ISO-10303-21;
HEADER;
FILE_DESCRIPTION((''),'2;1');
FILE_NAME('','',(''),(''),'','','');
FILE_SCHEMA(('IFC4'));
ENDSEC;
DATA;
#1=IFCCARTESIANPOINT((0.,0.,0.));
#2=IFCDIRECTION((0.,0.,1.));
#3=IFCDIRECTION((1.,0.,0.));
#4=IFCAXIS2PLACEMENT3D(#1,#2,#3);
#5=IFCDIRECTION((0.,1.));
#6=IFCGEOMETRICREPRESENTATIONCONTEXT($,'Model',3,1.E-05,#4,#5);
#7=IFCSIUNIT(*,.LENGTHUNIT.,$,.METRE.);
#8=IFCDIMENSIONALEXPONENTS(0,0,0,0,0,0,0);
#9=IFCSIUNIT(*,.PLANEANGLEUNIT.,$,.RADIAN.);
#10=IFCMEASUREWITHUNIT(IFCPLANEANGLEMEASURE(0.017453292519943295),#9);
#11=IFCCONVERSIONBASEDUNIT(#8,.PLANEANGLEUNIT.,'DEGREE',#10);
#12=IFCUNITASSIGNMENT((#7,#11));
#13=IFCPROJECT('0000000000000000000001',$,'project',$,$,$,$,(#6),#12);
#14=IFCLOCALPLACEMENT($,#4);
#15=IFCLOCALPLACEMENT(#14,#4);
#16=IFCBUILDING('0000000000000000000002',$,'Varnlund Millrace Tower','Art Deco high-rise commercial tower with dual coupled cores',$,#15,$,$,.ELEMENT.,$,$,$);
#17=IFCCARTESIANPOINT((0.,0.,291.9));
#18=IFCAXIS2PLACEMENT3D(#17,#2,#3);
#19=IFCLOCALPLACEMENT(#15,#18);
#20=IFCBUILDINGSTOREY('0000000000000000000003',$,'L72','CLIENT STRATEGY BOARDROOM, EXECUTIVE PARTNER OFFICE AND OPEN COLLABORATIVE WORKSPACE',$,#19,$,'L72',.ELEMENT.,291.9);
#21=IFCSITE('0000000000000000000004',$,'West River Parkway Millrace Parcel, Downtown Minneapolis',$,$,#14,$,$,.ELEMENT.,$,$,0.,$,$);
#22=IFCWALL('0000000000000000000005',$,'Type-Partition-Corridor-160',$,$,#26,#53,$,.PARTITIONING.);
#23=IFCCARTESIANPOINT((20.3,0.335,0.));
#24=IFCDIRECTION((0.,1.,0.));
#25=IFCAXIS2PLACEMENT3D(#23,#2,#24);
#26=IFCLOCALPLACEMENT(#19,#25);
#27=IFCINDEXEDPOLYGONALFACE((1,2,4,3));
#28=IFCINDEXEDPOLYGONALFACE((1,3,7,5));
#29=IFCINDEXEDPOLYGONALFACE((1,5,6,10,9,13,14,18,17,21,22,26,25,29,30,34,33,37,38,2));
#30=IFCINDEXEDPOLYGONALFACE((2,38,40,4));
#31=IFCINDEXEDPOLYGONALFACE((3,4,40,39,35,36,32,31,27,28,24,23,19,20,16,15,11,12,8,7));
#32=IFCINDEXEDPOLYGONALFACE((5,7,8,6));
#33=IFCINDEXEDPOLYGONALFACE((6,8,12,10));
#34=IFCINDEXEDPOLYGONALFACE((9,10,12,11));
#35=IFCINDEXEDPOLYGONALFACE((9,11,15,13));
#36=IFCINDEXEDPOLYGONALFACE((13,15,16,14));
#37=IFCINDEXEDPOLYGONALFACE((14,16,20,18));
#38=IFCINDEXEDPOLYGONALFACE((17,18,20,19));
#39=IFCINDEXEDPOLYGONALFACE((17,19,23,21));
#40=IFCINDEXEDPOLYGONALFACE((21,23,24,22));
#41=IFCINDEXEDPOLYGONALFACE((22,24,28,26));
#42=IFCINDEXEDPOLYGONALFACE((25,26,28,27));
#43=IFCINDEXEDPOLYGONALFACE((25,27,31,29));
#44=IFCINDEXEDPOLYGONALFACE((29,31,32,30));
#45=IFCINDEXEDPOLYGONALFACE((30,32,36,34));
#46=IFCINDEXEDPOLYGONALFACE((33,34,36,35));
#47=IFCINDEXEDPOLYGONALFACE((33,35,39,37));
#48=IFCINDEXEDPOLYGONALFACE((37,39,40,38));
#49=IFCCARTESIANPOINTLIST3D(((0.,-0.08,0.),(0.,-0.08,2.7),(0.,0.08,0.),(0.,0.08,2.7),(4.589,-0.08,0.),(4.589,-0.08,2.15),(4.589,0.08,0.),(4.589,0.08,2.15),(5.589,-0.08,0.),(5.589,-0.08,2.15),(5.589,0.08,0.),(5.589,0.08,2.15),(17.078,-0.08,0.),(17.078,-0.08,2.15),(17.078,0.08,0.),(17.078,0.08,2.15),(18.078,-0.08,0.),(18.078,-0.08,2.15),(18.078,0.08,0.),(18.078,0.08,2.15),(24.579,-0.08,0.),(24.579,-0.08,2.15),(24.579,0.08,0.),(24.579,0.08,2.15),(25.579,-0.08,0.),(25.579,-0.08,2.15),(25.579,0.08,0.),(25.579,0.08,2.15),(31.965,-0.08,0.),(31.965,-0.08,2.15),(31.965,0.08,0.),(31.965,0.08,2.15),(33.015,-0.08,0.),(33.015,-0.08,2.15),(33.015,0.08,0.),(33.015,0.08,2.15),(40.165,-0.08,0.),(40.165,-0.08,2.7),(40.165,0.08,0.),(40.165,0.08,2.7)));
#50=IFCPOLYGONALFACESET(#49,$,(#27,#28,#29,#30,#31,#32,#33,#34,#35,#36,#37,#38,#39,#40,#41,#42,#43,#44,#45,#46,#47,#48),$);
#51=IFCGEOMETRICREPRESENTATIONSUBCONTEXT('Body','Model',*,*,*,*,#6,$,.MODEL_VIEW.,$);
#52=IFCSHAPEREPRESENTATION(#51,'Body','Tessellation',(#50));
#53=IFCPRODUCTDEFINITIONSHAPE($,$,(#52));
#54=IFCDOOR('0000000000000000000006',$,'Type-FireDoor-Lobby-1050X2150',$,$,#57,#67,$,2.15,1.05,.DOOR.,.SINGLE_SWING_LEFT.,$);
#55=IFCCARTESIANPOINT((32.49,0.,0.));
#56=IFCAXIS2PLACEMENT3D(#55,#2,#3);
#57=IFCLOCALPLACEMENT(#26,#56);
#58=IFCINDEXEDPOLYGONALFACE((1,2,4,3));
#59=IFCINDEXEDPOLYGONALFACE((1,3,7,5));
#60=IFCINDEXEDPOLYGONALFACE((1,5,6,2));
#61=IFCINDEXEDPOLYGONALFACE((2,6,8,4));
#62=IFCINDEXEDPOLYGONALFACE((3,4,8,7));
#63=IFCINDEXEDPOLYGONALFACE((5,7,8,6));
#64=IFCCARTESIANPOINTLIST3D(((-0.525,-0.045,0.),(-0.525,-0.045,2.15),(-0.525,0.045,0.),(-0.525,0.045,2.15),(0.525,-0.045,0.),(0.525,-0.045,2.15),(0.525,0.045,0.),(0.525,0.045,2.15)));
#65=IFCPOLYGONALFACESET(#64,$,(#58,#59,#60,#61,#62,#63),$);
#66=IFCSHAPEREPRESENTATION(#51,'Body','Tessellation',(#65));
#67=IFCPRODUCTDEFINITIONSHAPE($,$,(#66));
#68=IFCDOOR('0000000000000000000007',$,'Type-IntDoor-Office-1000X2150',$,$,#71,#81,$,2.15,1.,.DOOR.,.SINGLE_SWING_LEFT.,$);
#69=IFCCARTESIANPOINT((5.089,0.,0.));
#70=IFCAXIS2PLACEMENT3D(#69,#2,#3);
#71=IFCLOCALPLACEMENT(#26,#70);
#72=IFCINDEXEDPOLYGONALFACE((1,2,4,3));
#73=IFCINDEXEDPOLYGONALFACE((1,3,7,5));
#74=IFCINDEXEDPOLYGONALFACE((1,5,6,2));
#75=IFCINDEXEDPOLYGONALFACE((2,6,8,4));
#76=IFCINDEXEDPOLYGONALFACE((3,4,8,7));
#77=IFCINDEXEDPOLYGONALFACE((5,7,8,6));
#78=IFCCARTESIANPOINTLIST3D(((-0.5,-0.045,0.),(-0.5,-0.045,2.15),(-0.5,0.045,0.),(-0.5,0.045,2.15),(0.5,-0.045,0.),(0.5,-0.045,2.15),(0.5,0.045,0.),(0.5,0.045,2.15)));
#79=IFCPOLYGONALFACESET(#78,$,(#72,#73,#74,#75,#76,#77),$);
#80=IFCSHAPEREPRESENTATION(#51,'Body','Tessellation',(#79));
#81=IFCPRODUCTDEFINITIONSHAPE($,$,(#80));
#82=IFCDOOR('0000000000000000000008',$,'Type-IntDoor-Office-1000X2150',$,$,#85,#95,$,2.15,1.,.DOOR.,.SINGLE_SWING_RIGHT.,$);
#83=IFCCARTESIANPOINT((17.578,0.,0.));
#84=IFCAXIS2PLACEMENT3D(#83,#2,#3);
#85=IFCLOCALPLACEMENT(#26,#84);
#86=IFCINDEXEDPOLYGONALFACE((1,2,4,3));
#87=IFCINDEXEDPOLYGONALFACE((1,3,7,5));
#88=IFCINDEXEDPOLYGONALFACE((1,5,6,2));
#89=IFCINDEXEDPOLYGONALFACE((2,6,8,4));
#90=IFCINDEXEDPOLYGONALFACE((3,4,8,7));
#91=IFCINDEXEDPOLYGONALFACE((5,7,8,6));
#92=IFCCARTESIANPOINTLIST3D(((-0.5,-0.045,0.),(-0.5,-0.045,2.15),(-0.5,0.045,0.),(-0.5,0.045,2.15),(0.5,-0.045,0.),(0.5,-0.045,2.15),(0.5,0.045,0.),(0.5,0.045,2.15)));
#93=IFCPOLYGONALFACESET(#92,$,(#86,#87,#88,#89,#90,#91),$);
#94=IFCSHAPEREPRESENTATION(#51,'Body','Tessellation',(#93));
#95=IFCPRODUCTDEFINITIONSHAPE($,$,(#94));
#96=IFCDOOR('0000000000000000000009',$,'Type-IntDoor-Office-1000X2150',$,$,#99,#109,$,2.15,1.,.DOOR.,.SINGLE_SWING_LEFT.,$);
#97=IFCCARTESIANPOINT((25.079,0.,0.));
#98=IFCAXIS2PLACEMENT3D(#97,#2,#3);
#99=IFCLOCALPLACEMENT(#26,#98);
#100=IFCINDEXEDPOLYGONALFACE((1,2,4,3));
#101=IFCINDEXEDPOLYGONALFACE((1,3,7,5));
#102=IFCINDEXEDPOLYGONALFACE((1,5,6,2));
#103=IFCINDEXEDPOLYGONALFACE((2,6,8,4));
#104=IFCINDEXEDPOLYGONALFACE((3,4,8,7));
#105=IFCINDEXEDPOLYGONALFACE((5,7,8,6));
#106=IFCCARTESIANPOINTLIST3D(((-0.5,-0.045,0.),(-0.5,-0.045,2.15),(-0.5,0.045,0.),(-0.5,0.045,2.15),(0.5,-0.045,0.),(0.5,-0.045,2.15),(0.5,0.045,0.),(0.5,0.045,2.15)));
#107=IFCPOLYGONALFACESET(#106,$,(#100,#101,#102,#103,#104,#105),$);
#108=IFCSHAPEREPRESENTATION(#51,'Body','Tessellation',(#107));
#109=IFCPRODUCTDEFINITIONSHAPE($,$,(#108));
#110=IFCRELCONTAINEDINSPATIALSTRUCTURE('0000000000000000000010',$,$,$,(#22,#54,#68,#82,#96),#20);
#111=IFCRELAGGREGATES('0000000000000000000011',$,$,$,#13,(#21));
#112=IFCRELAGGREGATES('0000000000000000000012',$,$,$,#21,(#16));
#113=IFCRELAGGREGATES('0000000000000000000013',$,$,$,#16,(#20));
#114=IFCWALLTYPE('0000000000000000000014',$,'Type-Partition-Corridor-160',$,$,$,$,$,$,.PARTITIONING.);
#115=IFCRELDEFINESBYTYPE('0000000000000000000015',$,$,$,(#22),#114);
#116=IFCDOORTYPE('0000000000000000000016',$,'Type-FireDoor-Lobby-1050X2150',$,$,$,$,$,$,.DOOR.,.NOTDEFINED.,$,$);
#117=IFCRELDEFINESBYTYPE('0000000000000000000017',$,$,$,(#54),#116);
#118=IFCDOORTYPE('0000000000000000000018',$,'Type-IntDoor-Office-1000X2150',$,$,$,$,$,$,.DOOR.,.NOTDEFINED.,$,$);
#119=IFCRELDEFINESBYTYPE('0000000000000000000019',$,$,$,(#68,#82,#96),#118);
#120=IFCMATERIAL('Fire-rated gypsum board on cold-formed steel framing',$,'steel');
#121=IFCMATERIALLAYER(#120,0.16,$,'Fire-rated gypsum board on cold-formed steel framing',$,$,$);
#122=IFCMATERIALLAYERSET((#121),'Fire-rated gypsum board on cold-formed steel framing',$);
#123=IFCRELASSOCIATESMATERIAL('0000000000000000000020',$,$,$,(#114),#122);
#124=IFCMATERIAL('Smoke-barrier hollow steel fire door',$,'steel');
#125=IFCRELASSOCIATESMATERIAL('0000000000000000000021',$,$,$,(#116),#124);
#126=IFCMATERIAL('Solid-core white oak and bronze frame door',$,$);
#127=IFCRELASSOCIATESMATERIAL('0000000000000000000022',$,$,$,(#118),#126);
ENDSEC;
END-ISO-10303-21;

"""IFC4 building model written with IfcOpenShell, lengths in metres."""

from ifc_helpers import new_model, entity, si_unit, converted_unit, direction, frame, origin_with_axes, origin_2d_with_axis, place, context, subcontext, project, spatial, polyline, rectangle, outline, extrude, material, layer, layer_set, type_object, element, fill, save


model = new_model("IFC4")

# Units and contexts
model_context = context("Model", 3, precision=1e-05, world=origin_with_axes(), true_north=direction((0.0, 1.0)))
body_context = subcontext(model_context, "Body", "Model", "MODEL_VIEW")
ifc_project = project(units=[si_unit("LENGTHUNIT", "METRE"), converted_unit("PLANEANGLEUNIT", "DEGREE", entity("IfcPlaneAngleMeasure", 0.017453292519943295), si_unit("PLANEANGLEUNIT", "RADIAN"), dimensions=[0, 0, 0, 0, 0, 0, 0])], contexts=[model_context])

# Site, building, storey
site_placement = place(None, origin_with_axes())
site = spatial("IfcSite", under=ifc_project, at=site_placement, Name="West River Parkway Millrace Parcel, Downtown Minneapolis", CompositionType="ELEMENT", RefElevation=0.0)
building_placement = place(site_placement, origin_with_axes())
building = spatial("IfcBuilding", under=site, at=building_placement, Name="Varnlund Millrace Tower", Description="Art Deco high-rise commercial tower with dual coupled cores", CompositionType="ELEMENT")
storey_placement = place(building_placement, frame((0.0, 0.0, 291.9), z_axis=(0.0, 0.0, 1.0), x_axis=(1.0, 0.0, 0.0)))
storey = spatial("IfcBuildingStorey", under=building, at=storey_placement, Name="L72", Description="CLIENT STRATEGY BOARDROOM, EXECUTIVE PARTNER OFFICE AND OPEN COLLABORATIVE WORKSPACE", LongName="L72", CompositionType="ELEMENT", Elevation=291.9)

# Wall, openings, doors
ifc_material_1 = material(Name="Fire-rated gypsum board on cold-formed steel framing", Category="steel")
ifc_layer_1 = layer(ifc_material_1, 0.16, Name="Fire-rated gypsum board on cold-formed steel framing")
ifc_layer_set_1 = layer_set([ifc_layer_1], Name="Fire-rated gypsum board on cold-formed steel framing")
wall_type_1 = type_object("IfcWallType", Name="Type-Partition-Corridor-160", PredefinedType="PARTITIONING", material=ifc_layer_set_1)
wall_1_placement = place(storey_placement, frame((20.3, 0.335, 0.0), z_axis=(0.0, 0.0, 1.0), x_axis=(0.0, 1.0, 0.0)))
wall_1 = element("IfcWall", 1, at=wall_1_placement, inside=storey, type_object=wall_type_1, Name="Type-Partition-Corridor-160", PredefinedType="PARTITIONING", context=body_context, shape_type="SweptSolid", body=[
    extrude(outline(polyline([(0.0, -0.08), (40.165, -0.08), (40.165, 0.08), (0.0, 0.08), (0.0, -0.08)])), origin_with_axes(), (0.0, 0.0, 1.0), 2.7),
])
opening_1_placement = place(wall_1_placement, frame((32.49, 0.0, 0.0), z_axis=(0.0, 0.0, 1.0), x_axis=(1.0, 0.0, 0.0)))
opening_1 = element("IfcOpeningElement", 2, at=opening_1_placement, cuts=wall_1, PredefinedType="OPENING", context=body_context, shape_type="SweptSolid", body=[
    extrude(rectangle(XDim=1.05, YDim=0.18, at=origin_2d_with_axis()), origin_with_axes(), (0.0, 0.0, 1.0), 2.15),
])
opening_2_placement = place(wall_1_placement, frame((5.089, 0.0, 0.0), z_axis=(0.0, 0.0, 1.0), x_axis=(1.0, 0.0, 0.0)))
opening_2 = element("IfcOpeningElement", 3, at=opening_2_placement, cuts=wall_1, PredefinedType="OPENING", context=body_context, shape_type="SweptSolid", body=[
    extrude(rectangle(XDim=1.0, YDim=0.18, at=origin_2d_with_axis()), origin_with_axes(), (0.0, 0.0, 1.0), 2.15),
])
opening_3_placement = place(wall_1_placement, frame((17.578, 0.0, 0.0), z_axis=(0.0, 0.0, 1.0), x_axis=(1.0, 0.0, 0.0)))
opening_3 = element("IfcOpeningElement", 4, at=opening_3_placement, cuts=wall_1, PredefinedType="OPENING", context=body_context, shape_type="SweptSolid", body=[
    extrude(rectangle(XDim=1.0, YDim=0.18, at=origin_2d_with_axis()), origin_with_axes(), (0.0, 0.0, 1.0), 2.15),
])
opening_4_placement = place(wall_1_placement, frame((25.079, 0.0, 0.0), z_axis=(0.0, 0.0, 1.0), x_axis=(1.0, 0.0, 0.0)))
opening_4 = element("IfcOpeningElement", 5, at=opening_4_placement, cuts=wall_1, PredefinedType="OPENING", context=body_context, shape_type="SweptSolid", body=[
    extrude(rectangle(XDim=1.0, YDim=0.18, at=origin_2d_with_axis()), origin_with_axes(), (0.0, 0.0, 1.0), 2.15),
])
ifc_material_2 = material(Name="Smoke-barrier hollow steel fire door", Category="steel")
door_type_1 = type_object("IfcDoorType", Name="Type-FireDoor-Lobby-1050X2150", OperationType="NOTDEFINED", PredefinedType="DOOR", material=ifc_material_2)
door_1_placement = place(wall_1_placement, frame((32.49, 0.0, 0.0), z_axis=(0.0, 0.0, 1.0), x_axis=(1.0, 0.0, 0.0)))
door_1 = element("IfcDoor", 6, at=door_1_placement, inside=storey, type_object=door_type_1, Name="Type-FireDoor-Lobby-1050X2150", OperationType="SINGLE_SWING_LEFT", OverallHeight=2.15, OverallWidth=1.05, PredefinedType="DOOR", context=body_context, shape_type="SweptSolid", body=[
    extrude(rectangle(XDim=1.05, YDim=0.09, at=origin_2d_with_axis()), origin_with_axes(), (0.0, 0.0, 1.0), 2.15),
])
fill(opening_1, door_1)
ifc_material_3 = material(Name="Solid-core white oak and bronze frame door")
door_type_2 = type_object("IfcDoorType", Name="Type-IntDoor-Office-1000X2150", OperationType="NOTDEFINED", PredefinedType="DOOR", material=ifc_material_3)
door_2_placement = place(wall_1_placement, frame((5.089, 0.0, 0.0), z_axis=(0.0, 0.0, 1.0), x_axis=(1.0, 0.0, 0.0)))
door_2 = element("IfcDoor", 7, at=door_2_placement, inside=storey, type_object=door_type_2, Name="Type-IntDoor-Office-1000X2150", OperationType="SINGLE_SWING_LEFT", OverallHeight=2.15, OverallWidth=1.0, PredefinedType="DOOR", context=body_context, shape_type="SweptSolid", body=[
    extrude(rectangle(XDim=1.0, YDim=0.09, at=origin_2d_with_axis()), origin_with_axes(), (0.0, 0.0, 1.0), 2.15),
])
fill(opening_2, door_2)
door_3_placement = place(wall_1_placement, frame((17.578, 0.0, 0.0), z_axis=(0.0, 0.0, 1.0), x_axis=(1.0, 0.0, 0.0)))
door_3 = element("IfcDoor", 8, at=door_3_placement, inside=storey, type_object=door_type_2, Name="Type-IntDoor-Office-1000X2150", OperationType="SINGLE_SWING_RIGHT", OverallHeight=2.15, OverallWidth=1.0, PredefinedType="DOOR", context=body_context, shape_type="SweptSolid", body=[
    extrude(rectangle(XDim=1.0, YDim=0.09, at=origin_2d_with_axis()), origin_with_axes(), (0.0, 0.0, 1.0), 2.15),
])
fill(opening_3, door_3)
door_4_placement = place(wall_1_placement, frame((25.079, 0.0, 0.0), z_axis=(0.0, 0.0, 1.0), x_axis=(1.0, 0.0, 0.0)))
door_4 = element("IfcDoor", 9, at=door_4_placement, inside=storey, type_object=door_type_2, Name="Type-IntDoor-Office-1000X2150", OperationType="SINGLE_SWING_LEFT", OverallHeight=2.15, OverallWidth=1.0, PredefinedType="DOOR", context=body_context, shape_type="SweptSolid", body=[
    extrude(rectangle(XDim=1.0, YDim=0.09, at=origin_2d_with_axis()), origin_with_axes(), (0.0, 0.0, 1.0), 2.15),
])
fill(opening_4, door_4)

save(model, "model.ifc")
